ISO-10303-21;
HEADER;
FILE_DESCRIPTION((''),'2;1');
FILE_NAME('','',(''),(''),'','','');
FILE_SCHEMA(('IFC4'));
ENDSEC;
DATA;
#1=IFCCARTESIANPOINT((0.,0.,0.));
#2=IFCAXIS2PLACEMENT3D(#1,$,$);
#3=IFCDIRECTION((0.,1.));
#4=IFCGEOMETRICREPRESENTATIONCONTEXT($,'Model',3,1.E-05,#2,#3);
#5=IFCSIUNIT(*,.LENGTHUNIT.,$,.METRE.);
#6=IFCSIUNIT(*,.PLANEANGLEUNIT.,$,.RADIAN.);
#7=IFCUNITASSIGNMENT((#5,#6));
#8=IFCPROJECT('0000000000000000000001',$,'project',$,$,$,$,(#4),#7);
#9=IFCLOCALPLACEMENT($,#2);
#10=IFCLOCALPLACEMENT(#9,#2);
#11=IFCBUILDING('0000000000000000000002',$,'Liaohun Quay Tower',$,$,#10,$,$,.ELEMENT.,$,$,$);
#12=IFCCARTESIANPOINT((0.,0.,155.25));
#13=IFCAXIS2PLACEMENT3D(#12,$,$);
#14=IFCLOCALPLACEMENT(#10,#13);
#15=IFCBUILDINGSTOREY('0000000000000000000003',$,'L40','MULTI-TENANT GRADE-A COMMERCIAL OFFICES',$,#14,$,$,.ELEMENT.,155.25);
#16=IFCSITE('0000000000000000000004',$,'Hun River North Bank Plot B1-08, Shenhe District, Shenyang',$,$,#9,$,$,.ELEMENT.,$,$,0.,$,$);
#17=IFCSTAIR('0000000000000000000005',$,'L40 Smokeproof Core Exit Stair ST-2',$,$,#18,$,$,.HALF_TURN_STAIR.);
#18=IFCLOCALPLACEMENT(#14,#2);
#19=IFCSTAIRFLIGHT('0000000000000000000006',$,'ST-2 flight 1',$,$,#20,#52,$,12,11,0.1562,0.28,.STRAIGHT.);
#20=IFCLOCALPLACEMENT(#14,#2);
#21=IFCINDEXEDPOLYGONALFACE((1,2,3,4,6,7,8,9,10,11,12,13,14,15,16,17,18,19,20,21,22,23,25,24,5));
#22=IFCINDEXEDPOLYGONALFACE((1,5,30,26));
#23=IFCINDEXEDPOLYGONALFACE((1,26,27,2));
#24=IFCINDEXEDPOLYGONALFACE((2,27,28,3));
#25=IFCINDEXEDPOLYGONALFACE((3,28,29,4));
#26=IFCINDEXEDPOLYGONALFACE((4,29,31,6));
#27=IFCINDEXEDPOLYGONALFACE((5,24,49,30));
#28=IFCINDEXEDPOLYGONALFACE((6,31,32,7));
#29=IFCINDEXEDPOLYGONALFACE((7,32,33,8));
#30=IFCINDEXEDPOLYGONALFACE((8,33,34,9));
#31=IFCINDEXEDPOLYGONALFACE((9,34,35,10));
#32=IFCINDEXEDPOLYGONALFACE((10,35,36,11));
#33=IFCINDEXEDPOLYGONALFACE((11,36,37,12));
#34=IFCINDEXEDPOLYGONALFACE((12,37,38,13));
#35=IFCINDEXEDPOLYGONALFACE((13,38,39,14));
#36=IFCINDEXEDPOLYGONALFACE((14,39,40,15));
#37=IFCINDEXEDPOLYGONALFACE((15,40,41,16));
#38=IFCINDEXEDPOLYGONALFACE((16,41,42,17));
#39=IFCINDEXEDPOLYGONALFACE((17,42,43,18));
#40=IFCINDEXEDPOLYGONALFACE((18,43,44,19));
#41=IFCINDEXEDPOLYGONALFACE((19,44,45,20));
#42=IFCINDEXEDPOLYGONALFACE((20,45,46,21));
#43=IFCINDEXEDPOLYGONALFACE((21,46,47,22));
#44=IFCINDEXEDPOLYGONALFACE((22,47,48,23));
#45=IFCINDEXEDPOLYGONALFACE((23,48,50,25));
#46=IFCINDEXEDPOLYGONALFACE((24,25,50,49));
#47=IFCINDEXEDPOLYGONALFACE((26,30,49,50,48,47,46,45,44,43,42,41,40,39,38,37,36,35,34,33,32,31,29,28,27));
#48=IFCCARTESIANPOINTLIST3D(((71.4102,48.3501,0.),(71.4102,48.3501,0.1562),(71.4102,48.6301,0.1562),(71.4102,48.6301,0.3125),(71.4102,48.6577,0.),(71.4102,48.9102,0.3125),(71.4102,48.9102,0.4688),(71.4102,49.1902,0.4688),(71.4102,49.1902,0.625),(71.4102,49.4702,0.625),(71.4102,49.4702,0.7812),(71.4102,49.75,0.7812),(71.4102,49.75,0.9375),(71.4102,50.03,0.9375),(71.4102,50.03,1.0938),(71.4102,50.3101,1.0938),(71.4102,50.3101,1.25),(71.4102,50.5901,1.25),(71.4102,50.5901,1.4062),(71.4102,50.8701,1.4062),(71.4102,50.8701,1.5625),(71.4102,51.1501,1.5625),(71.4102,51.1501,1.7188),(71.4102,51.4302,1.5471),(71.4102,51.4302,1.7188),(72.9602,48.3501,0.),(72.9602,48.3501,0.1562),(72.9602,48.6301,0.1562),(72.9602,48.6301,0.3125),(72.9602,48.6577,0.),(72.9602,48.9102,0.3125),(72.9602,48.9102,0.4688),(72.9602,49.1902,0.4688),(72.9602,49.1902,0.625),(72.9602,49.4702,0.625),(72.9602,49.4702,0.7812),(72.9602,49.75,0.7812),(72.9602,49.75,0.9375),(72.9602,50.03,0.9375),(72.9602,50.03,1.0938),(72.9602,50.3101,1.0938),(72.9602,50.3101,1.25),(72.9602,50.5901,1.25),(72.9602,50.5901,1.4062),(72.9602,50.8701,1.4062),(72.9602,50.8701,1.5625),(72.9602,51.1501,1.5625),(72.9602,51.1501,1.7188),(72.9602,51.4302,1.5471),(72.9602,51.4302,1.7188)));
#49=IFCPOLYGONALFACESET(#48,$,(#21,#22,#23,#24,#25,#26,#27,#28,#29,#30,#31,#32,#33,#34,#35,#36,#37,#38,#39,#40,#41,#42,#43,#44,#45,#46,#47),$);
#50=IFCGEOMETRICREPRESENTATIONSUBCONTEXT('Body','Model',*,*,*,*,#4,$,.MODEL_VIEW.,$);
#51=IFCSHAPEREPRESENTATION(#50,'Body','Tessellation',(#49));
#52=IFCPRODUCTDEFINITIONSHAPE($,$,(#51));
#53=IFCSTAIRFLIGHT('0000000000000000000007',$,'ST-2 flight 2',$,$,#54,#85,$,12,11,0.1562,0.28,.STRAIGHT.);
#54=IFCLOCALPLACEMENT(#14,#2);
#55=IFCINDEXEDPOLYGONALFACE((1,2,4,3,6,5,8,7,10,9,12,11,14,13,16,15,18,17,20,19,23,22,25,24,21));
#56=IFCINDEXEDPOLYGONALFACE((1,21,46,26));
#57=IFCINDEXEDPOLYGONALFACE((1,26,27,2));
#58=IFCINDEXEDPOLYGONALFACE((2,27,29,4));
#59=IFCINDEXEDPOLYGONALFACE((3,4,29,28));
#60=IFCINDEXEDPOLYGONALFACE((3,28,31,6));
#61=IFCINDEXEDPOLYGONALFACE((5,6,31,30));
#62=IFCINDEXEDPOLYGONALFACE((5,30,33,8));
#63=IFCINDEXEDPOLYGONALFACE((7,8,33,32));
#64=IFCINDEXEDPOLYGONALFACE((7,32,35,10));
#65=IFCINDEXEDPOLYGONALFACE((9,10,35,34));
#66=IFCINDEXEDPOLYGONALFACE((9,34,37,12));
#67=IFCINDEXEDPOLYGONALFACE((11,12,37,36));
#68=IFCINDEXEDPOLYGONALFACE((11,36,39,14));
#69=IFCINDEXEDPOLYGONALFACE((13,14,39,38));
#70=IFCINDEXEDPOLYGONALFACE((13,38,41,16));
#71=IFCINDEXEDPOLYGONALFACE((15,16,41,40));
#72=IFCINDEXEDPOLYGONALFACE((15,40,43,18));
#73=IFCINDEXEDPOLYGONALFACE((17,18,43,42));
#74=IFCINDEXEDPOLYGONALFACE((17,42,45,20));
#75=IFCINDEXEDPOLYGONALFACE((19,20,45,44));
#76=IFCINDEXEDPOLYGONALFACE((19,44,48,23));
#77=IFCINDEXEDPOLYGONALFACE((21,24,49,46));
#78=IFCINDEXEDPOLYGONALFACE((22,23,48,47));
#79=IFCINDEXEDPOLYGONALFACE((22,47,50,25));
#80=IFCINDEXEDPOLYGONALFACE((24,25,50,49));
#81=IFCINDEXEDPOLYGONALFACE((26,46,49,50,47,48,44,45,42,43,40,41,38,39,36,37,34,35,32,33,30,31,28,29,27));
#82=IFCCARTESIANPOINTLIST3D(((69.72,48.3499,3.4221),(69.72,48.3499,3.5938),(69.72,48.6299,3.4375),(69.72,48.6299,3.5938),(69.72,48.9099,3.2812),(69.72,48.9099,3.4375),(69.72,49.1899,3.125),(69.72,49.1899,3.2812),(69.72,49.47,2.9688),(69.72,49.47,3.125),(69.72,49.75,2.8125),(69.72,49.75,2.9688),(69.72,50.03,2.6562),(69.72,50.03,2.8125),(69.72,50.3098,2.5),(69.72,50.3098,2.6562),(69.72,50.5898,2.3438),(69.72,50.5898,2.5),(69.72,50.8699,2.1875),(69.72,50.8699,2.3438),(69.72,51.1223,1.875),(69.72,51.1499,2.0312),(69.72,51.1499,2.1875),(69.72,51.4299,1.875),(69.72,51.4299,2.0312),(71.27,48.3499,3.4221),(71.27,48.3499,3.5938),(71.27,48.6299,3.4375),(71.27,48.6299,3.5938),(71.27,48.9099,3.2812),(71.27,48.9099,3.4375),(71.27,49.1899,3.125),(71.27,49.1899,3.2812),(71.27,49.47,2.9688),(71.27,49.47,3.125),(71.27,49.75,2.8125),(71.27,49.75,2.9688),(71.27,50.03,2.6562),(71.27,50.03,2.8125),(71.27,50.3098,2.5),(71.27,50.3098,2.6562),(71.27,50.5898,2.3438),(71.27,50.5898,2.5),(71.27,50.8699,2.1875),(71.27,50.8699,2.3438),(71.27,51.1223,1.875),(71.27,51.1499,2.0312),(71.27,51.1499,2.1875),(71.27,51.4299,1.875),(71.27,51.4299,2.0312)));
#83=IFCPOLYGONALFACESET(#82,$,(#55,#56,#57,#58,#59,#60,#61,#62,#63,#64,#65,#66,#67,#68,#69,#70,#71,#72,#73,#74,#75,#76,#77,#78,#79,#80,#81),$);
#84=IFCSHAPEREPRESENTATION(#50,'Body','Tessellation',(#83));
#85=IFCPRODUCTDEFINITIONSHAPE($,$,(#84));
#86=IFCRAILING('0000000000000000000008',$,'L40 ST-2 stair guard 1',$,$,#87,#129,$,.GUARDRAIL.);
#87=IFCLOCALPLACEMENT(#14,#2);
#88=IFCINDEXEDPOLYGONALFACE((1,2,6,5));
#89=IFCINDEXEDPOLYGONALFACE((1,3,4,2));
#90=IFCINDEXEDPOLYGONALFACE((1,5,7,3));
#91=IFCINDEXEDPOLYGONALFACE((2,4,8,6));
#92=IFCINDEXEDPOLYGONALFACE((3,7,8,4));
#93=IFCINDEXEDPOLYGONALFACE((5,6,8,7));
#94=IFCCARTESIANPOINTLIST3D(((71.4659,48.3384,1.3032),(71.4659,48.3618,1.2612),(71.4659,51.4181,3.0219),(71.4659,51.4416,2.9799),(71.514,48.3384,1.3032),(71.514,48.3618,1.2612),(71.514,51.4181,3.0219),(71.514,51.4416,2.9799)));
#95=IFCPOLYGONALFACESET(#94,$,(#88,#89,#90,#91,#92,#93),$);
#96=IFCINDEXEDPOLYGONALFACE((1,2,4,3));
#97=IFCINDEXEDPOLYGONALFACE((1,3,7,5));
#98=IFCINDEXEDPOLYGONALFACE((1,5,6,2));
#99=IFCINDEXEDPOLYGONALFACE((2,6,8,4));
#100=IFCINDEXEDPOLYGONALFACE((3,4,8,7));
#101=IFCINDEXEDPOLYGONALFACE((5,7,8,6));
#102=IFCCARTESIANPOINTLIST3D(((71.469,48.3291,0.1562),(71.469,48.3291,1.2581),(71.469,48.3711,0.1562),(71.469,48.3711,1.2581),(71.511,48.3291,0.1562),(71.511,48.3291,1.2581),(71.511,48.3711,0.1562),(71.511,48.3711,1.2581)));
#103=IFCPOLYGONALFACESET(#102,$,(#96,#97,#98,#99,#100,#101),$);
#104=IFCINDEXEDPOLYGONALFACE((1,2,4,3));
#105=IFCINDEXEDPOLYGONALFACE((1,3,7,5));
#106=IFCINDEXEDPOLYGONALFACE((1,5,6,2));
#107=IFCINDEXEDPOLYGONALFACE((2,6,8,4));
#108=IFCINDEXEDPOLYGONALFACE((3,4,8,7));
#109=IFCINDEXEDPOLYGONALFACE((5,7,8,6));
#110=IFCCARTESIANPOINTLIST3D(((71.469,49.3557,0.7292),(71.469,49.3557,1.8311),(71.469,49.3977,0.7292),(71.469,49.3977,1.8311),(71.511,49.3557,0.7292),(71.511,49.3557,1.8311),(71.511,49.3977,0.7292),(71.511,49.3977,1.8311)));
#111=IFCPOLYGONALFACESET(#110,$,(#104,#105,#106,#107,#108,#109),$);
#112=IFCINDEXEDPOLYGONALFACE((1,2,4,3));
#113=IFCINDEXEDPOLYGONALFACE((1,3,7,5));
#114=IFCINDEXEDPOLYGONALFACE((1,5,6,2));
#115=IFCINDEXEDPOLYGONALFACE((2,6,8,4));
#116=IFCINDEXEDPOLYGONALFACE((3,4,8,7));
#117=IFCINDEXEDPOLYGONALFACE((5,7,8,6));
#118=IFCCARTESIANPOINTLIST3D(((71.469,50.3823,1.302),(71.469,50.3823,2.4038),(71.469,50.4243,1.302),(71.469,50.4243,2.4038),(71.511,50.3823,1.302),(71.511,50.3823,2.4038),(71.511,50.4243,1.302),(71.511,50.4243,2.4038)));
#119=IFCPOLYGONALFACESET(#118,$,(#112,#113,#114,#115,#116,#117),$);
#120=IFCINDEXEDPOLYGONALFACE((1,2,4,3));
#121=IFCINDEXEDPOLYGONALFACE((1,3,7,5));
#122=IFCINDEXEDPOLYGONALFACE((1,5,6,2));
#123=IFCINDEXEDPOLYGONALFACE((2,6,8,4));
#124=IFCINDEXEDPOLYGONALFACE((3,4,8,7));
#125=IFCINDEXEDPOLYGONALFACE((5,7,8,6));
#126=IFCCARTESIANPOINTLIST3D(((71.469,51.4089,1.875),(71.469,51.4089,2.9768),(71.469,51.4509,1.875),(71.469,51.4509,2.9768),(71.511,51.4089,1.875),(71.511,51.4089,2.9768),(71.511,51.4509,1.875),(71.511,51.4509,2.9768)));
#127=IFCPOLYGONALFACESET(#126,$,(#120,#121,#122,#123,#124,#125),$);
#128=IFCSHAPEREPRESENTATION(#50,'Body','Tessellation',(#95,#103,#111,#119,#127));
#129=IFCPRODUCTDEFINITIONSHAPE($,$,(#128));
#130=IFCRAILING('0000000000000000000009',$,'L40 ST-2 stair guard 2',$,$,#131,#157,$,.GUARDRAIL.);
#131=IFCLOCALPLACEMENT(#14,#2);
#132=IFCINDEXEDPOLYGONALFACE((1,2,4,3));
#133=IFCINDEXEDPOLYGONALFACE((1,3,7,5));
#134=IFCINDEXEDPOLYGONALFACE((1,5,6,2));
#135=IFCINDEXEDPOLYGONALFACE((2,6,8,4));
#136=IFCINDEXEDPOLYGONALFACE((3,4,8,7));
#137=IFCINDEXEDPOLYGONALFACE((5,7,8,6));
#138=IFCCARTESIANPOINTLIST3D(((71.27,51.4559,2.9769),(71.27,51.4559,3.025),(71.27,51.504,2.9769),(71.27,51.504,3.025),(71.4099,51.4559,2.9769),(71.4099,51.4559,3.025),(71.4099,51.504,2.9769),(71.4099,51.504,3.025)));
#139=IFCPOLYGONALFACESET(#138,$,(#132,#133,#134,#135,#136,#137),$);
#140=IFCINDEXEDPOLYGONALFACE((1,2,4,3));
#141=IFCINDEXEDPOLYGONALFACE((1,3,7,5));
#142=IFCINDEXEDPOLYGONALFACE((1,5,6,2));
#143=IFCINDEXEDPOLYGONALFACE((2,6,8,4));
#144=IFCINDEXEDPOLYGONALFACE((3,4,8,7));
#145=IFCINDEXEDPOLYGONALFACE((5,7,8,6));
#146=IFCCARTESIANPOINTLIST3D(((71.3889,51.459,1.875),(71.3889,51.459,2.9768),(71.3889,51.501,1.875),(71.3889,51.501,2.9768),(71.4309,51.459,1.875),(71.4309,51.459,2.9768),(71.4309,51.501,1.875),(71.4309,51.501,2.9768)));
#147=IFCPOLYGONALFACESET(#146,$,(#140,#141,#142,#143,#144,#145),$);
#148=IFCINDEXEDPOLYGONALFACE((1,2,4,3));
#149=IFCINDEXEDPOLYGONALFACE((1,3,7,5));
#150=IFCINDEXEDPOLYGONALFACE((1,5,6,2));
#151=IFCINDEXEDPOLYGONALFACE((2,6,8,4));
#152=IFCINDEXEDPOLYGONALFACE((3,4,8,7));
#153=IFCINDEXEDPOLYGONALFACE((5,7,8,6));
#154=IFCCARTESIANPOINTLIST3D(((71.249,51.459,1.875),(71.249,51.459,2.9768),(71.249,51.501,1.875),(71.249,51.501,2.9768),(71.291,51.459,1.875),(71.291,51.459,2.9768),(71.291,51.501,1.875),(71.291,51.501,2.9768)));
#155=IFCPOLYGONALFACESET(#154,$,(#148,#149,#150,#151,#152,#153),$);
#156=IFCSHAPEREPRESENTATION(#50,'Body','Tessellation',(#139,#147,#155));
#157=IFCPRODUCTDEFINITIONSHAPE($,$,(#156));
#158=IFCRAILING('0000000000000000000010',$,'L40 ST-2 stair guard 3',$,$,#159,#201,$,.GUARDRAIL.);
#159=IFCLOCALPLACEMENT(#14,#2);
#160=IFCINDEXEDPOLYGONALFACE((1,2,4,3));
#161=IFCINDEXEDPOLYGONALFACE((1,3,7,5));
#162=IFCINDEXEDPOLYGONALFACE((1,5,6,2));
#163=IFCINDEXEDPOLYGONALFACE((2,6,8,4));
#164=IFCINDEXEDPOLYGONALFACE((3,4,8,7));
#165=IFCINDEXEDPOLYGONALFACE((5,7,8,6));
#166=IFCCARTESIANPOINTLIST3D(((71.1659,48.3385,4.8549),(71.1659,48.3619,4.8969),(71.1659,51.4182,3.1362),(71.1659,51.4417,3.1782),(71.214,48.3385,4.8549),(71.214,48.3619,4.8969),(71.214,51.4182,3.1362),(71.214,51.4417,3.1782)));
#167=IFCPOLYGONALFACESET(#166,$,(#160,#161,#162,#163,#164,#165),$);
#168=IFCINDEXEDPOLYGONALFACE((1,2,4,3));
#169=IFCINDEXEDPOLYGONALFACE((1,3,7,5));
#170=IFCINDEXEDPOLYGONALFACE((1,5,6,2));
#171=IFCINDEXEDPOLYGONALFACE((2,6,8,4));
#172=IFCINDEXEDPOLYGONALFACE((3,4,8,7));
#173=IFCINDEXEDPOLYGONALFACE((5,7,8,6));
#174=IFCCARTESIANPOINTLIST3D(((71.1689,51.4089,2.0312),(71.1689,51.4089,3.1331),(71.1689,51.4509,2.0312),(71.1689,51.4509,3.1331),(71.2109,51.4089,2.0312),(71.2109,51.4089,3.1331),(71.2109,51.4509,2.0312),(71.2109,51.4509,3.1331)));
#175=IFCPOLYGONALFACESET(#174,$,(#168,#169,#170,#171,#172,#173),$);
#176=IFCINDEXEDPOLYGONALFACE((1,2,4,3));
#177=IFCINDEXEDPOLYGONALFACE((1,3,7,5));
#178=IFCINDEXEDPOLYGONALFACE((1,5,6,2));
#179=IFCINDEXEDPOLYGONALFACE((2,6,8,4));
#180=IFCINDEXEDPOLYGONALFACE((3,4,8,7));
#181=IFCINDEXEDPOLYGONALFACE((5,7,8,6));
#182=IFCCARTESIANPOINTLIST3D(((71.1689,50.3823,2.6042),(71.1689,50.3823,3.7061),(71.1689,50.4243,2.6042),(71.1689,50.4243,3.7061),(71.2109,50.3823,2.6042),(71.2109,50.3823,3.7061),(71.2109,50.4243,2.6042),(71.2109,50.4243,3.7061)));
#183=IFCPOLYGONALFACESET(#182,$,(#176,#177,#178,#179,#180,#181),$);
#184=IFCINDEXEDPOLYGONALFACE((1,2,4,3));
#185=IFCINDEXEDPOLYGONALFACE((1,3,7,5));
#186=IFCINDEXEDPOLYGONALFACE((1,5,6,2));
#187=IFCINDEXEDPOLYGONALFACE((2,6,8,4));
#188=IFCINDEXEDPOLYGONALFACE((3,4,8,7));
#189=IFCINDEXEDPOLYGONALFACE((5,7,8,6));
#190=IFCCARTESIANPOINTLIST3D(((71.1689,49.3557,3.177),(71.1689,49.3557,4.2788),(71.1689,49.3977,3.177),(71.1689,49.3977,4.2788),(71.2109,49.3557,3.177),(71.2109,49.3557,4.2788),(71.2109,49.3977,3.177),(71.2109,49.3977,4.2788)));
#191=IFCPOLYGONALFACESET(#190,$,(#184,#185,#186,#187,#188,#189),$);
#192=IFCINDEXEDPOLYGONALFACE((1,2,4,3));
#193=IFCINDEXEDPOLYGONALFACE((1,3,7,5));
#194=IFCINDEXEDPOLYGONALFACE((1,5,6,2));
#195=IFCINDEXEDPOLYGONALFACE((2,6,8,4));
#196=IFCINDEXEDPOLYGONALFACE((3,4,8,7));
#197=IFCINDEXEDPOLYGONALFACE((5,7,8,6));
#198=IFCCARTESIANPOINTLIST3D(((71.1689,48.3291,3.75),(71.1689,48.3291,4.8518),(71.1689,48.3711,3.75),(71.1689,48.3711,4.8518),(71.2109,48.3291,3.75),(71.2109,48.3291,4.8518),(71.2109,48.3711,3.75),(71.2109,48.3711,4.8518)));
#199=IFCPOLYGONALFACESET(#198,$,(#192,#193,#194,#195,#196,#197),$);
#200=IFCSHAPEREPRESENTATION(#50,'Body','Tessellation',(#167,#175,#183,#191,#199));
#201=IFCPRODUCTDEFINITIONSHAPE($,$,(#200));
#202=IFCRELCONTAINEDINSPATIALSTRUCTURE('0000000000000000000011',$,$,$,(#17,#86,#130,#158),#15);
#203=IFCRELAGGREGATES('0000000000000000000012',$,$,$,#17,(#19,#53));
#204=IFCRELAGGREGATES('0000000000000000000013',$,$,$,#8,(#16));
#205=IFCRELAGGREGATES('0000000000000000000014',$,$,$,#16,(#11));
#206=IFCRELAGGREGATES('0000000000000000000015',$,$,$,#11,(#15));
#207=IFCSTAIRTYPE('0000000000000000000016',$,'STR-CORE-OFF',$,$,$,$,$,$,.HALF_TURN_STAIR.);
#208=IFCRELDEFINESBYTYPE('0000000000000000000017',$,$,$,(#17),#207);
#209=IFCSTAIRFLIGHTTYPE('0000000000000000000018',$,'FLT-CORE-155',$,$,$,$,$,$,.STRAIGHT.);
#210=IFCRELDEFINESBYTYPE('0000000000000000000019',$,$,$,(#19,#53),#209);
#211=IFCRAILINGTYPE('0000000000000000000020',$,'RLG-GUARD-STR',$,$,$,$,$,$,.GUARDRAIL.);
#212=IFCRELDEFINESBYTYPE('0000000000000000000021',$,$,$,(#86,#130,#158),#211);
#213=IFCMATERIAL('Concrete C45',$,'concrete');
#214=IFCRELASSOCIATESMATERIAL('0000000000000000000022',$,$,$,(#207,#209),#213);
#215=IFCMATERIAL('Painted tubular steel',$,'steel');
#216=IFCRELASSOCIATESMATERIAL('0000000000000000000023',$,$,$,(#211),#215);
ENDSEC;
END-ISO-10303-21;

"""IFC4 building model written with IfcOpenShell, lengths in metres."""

from ifc_helpers import new_model, si_unit, direction, frame, origin, origin_2d, place, context, subcontext, project, spatial, polyline, rectangle, outline, extrude, material, type_object, element, aggregate, save


model = new_model("IFC4")

# Units and contexts
model_context = context("Model", 3, precision=1e-05, world=origin(), true_north=direction((0.0, 1.0)))
body_context = subcontext(model_context, "Body", "Model", "MODEL_VIEW")
ifc_project = project(units=[si_unit("LENGTHUNIT", "METRE"), si_unit("PLANEANGLEUNIT", "RADIAN")], contexts=[model_context])

# Site, building, storey
site_placement = place(None, origin())
site = spatial("IfcSite", under=ifc_project, at=site_placement, Name="Hun River North Bank Plot B1-08, Shenhe District, Shenyang", CompositionType="ELEMENT", RefElevation=0.0)
building_placement = place(site_placement, origin())
building = spatial("IfcBuilding", under=site, at=building_placement, Name="Liaohun Quay Tower", CompositionType="ELEMENT")
storey_placement = place(building_placement, frame((0.0, 0.0, 155.25)))
storey = spatial("IfcBuildingStorey", under=building, at=storey_placement, Name="L40", Description="MULTI-TENANT GRADE-A COMMERCIAL OFFICES", CompositionType="ELEMENT", Elevation=155.25)

# Stair, stair flights
ifc_material_1 = material(Name="Concrete C45", Category="concrete")
stair_type = type_object("IfcStairType", Name="STR-CORE-OFF", PredefinedType="HALF_TURN_STAIR", material=ifc_material_1)
stair_placement = place(storey_placement, origin())
stair = element("IfcStair", 1, at=stair_placement, inside=storey, type_object=stair_type, Name="L40 Smokeproof Core Exit Stair ST-2", PredefinedType="HALF_TURN_STAIR")
stair_flight_type = type_object("IfcStairFlightType", Name="FLT-CORE-155", PredefinedType="STRAIGHT", material=ifc_material_1)
stair_flight_1_placement = place(storey_placement, frame((72.1851, 48.3501, 0.0), z_axis=(0.0, 0.0, 1.0), x_axis=(0.0, 1.0, 0.0)))
stair_flight_1 = element("IfcStairFlight", 2, at=stair_flight_1_placement, type_object=stair_flight_type, Name="ST-2 flight 1", NumberOfRisers=12, NumberOfTreads=11, PredefinedType="STRAIGHT", RiserHeight=0.1562, TreadLength=0.28, context=body_context, shape_type="SweptSolid", body=[
    extrude(outline(polyline([(0.0, 0.0), (0.0, 0.1562), (0.28, 0.1562), (0.28, 0.3125), (0.5601, 0.3125), (0.5601, 0.4688), (0.8401, 0.4688), (0.8401, 0.625), (1.1201, 0.625), (1.1201, 0.7812), (1.3999, 0.7812), (1.3999, 0.9375), (1.6799, 0.9375), (1.6799, 1.0938), (1.96, 1.0938), (1.96, 1.25), (2.24, 1.25), (2.24, 1.4062), (2.52, 1.4062), (2.52, 1.5625), (2.8, 1.5625), (2.8, 1.7188), (3.0801, 1.7188), (3.0801, 1.875), (3.0801, 1.5471), (0.3076, 0.0), (0.0, 0.0)])), frame((0.0, 0.7749, 0.0), z_axis=(0.0, -1.0, 0.0), x_axis=(1.0, 0.0, 0.0)), (0.0, 0.0, 1.0), 1.55),
])
stair_flight_2_placement = place(storey_placement, frame((70.4951, 51.4299, 1.875), z_axis=(0.0, 0.0, 1.0), x_axis=(0.0, -1.0, 0.0)))
stair_flight_2 = element("IfcStairFlight", 3, at=stair_flight_2_placement, type_object=stair_flight_type, Name="ST-2 flight 2", NumberOfRisers=12, NumberOfTreads=11, PredefinedType="STRAIGHT", RiserHeight=0.1562, TreadLength=0.28, context=body_context, shape_type="SweptSolid", body=[
    extrude(outline(polyline([(0.0, 0.0), (0.0, 0.1562), (0.28, 0.1562), (0.28, 0.3125), (0.5601, 0.3125), (0.5601, 0.4688), (0.8401, 0.4688), (0.8401, 0.625), (1.1201, 0.625), (1.1201, 0.7812), (1.3999, 0.7812), (1.3999, 0.9375), (1.6799, 0.9375), (1.6799, 1.0938), (1.96, 1.0938), (1.96, 1.25), (2.24, 1.25), (2.24, 1.4062), (2.52, 1.4062), (2.52, 1.5625), (2.8, 1.5625), (2.8, 1.7188), (3.0801, 1.7188), (3.0801, 1.875), (3.0801, 1.5471), (0.3076, 0.0), (0.0, 0.0)])), frame((0.0, 0.7749, 0.0), z_axis=(0.0, -1.0, 0.0), x_axis=(1.0, 0.0, 0.0)), (0.0, 0.0, 1.0), 1.55),
])
aggregate(stair, [stair_flight_1, stair_flight_2])

# Railings
ifc_material_2 = material(Name="Painted tubular steel", Category="steel")
railing_type_1 = type_object("IfcRailingType", Name="RLG-GUARD-STR", PredefinedType="GUARDRAIL", material=ifc_material_2)
railing_1_placement = place(storey_placement, frame((71.49, 48.3501, 0.1562)))
element("IfcRailing", 4, at=railing_1_placement, inside=storey, type_object=railing_type_1, Name="L40 ST-2 stair guard 1", PredefinedType="GUARDRAIL", context=body_context, shape_type="SweptSolid", body=[
    extrude(rectangle(XDim=0.0481, YDim=0.0481, at=origin_2d()), frame((0.0, 0.0, 1.126), z_axis=(0.0, 0.873225, 0.487317), x_axis=(-1.0, 0.0, 0.0)), (0.0, 0.0, 1.0), 3.5269),
    extrude(rectangle(XDim=0.042, YDim=0.042, at=origin_2d()), origin(), (0.0, 0.0, 1.0), 1.1018),
    extrude(rectangle(XDim=0.042, YDim=0.042, at=origin_2d()), frame((0.0, 1.0266, 0.573)), (0.0, 0.0, 1.0), 1.1018),
    extrude(rectangle(XDim=0.042, YDim=0.042, at=origin_2d()), frame((0.0, 2.0532, 1.1458)), (0.0, 0.0, 1.0), 1.1018),
    extrude(rectangle(XDim=0.042, YDim=0.042, at=origin_2d()), frame((0.0, 3.0798, 1.7188)), (0.0, 0.0, 1.0), 1.1018),
])
railing_2_placement = place(storey_placement, frame((71.4099, 51.48, 1.875)))
element("IfcRailing", 5, at=railing_2_placement, inside=storey, type_object=railing_type_1, Name="L40 ST-2 stair guard 2", PredefinedType="GUARDRAIL", context=body_context, shape_type="SweptSolid", body=[
    extrude(rectangle(XDim=0.0481, YDim=0.0481, at=origin_2d()), frame((0.0, 0.0, 1.126), z_axis=(-1.0, 0.0, 0.0), x_axis=(0.0, -1.0, 0.0)), (0.0, 0.0, 1.0), 0.1399),
    extrude(rectangle(XDim=0.042, YDim=0.042, at=origin_2d()), origin(), (0.0, 0.0, 1.0), 1.1018),
    extrude(rectangle(XDim=0.042, YDim=0.042, at=origin_2d()), frame((-0.1399, 0.0, 0.0)), (0.0, 0.0, 1.0), 1.1018),
])
railing_3_placement = place(storey_placement, frame((71.1899, 51.4299, 2.0312)))
element("IfcRailing", 6, at=railing_3_placement, inside=storey, type_object=railing_type_1, Name="L40 ST-2 stair guard 3", PredefinedType="GUARDRAIL", context=body_context, shape_type="SweptSolid", body=[
    extrude(rectangle(XDim=0.0481, YDim=0.0481, at=origin_2d()), frame((0.0, 0.0, 1.126), z_axis=(0.0, -0.873225, 0.487317), x_axis=(1.0, 0.0, 0.0)), (0.0, 0.0, 1.0), 3.5269),
    extrude(rectangle(XDim=0.042, YDim=0.042, at=origin_2d()), origin(), (0.0, 0.0, 1.0), 1.1018),
    extrude(rectangle(XDim=0.042, YDim=0.042, at=origin_2d()), frame((0.0, -1.0266, 0.573)), (0.0, 0.0, 1.0), 1.1018),
    extrude(rectangle(XDim=0.042, YDim=0.042, at=origin_2d()), frame((0.0, -2.0532, 1.1458)), (0.0, 0.0, 1.0), 1.1018),
    extrude(rectangle(XDim=0.042, YDim=0.042, at=origin_2d()), frame((0.0, -3.0798, 1.7188)), (0.0, 0.0, 1.0), 1.1018),
])

save(model, "model.ifc")
